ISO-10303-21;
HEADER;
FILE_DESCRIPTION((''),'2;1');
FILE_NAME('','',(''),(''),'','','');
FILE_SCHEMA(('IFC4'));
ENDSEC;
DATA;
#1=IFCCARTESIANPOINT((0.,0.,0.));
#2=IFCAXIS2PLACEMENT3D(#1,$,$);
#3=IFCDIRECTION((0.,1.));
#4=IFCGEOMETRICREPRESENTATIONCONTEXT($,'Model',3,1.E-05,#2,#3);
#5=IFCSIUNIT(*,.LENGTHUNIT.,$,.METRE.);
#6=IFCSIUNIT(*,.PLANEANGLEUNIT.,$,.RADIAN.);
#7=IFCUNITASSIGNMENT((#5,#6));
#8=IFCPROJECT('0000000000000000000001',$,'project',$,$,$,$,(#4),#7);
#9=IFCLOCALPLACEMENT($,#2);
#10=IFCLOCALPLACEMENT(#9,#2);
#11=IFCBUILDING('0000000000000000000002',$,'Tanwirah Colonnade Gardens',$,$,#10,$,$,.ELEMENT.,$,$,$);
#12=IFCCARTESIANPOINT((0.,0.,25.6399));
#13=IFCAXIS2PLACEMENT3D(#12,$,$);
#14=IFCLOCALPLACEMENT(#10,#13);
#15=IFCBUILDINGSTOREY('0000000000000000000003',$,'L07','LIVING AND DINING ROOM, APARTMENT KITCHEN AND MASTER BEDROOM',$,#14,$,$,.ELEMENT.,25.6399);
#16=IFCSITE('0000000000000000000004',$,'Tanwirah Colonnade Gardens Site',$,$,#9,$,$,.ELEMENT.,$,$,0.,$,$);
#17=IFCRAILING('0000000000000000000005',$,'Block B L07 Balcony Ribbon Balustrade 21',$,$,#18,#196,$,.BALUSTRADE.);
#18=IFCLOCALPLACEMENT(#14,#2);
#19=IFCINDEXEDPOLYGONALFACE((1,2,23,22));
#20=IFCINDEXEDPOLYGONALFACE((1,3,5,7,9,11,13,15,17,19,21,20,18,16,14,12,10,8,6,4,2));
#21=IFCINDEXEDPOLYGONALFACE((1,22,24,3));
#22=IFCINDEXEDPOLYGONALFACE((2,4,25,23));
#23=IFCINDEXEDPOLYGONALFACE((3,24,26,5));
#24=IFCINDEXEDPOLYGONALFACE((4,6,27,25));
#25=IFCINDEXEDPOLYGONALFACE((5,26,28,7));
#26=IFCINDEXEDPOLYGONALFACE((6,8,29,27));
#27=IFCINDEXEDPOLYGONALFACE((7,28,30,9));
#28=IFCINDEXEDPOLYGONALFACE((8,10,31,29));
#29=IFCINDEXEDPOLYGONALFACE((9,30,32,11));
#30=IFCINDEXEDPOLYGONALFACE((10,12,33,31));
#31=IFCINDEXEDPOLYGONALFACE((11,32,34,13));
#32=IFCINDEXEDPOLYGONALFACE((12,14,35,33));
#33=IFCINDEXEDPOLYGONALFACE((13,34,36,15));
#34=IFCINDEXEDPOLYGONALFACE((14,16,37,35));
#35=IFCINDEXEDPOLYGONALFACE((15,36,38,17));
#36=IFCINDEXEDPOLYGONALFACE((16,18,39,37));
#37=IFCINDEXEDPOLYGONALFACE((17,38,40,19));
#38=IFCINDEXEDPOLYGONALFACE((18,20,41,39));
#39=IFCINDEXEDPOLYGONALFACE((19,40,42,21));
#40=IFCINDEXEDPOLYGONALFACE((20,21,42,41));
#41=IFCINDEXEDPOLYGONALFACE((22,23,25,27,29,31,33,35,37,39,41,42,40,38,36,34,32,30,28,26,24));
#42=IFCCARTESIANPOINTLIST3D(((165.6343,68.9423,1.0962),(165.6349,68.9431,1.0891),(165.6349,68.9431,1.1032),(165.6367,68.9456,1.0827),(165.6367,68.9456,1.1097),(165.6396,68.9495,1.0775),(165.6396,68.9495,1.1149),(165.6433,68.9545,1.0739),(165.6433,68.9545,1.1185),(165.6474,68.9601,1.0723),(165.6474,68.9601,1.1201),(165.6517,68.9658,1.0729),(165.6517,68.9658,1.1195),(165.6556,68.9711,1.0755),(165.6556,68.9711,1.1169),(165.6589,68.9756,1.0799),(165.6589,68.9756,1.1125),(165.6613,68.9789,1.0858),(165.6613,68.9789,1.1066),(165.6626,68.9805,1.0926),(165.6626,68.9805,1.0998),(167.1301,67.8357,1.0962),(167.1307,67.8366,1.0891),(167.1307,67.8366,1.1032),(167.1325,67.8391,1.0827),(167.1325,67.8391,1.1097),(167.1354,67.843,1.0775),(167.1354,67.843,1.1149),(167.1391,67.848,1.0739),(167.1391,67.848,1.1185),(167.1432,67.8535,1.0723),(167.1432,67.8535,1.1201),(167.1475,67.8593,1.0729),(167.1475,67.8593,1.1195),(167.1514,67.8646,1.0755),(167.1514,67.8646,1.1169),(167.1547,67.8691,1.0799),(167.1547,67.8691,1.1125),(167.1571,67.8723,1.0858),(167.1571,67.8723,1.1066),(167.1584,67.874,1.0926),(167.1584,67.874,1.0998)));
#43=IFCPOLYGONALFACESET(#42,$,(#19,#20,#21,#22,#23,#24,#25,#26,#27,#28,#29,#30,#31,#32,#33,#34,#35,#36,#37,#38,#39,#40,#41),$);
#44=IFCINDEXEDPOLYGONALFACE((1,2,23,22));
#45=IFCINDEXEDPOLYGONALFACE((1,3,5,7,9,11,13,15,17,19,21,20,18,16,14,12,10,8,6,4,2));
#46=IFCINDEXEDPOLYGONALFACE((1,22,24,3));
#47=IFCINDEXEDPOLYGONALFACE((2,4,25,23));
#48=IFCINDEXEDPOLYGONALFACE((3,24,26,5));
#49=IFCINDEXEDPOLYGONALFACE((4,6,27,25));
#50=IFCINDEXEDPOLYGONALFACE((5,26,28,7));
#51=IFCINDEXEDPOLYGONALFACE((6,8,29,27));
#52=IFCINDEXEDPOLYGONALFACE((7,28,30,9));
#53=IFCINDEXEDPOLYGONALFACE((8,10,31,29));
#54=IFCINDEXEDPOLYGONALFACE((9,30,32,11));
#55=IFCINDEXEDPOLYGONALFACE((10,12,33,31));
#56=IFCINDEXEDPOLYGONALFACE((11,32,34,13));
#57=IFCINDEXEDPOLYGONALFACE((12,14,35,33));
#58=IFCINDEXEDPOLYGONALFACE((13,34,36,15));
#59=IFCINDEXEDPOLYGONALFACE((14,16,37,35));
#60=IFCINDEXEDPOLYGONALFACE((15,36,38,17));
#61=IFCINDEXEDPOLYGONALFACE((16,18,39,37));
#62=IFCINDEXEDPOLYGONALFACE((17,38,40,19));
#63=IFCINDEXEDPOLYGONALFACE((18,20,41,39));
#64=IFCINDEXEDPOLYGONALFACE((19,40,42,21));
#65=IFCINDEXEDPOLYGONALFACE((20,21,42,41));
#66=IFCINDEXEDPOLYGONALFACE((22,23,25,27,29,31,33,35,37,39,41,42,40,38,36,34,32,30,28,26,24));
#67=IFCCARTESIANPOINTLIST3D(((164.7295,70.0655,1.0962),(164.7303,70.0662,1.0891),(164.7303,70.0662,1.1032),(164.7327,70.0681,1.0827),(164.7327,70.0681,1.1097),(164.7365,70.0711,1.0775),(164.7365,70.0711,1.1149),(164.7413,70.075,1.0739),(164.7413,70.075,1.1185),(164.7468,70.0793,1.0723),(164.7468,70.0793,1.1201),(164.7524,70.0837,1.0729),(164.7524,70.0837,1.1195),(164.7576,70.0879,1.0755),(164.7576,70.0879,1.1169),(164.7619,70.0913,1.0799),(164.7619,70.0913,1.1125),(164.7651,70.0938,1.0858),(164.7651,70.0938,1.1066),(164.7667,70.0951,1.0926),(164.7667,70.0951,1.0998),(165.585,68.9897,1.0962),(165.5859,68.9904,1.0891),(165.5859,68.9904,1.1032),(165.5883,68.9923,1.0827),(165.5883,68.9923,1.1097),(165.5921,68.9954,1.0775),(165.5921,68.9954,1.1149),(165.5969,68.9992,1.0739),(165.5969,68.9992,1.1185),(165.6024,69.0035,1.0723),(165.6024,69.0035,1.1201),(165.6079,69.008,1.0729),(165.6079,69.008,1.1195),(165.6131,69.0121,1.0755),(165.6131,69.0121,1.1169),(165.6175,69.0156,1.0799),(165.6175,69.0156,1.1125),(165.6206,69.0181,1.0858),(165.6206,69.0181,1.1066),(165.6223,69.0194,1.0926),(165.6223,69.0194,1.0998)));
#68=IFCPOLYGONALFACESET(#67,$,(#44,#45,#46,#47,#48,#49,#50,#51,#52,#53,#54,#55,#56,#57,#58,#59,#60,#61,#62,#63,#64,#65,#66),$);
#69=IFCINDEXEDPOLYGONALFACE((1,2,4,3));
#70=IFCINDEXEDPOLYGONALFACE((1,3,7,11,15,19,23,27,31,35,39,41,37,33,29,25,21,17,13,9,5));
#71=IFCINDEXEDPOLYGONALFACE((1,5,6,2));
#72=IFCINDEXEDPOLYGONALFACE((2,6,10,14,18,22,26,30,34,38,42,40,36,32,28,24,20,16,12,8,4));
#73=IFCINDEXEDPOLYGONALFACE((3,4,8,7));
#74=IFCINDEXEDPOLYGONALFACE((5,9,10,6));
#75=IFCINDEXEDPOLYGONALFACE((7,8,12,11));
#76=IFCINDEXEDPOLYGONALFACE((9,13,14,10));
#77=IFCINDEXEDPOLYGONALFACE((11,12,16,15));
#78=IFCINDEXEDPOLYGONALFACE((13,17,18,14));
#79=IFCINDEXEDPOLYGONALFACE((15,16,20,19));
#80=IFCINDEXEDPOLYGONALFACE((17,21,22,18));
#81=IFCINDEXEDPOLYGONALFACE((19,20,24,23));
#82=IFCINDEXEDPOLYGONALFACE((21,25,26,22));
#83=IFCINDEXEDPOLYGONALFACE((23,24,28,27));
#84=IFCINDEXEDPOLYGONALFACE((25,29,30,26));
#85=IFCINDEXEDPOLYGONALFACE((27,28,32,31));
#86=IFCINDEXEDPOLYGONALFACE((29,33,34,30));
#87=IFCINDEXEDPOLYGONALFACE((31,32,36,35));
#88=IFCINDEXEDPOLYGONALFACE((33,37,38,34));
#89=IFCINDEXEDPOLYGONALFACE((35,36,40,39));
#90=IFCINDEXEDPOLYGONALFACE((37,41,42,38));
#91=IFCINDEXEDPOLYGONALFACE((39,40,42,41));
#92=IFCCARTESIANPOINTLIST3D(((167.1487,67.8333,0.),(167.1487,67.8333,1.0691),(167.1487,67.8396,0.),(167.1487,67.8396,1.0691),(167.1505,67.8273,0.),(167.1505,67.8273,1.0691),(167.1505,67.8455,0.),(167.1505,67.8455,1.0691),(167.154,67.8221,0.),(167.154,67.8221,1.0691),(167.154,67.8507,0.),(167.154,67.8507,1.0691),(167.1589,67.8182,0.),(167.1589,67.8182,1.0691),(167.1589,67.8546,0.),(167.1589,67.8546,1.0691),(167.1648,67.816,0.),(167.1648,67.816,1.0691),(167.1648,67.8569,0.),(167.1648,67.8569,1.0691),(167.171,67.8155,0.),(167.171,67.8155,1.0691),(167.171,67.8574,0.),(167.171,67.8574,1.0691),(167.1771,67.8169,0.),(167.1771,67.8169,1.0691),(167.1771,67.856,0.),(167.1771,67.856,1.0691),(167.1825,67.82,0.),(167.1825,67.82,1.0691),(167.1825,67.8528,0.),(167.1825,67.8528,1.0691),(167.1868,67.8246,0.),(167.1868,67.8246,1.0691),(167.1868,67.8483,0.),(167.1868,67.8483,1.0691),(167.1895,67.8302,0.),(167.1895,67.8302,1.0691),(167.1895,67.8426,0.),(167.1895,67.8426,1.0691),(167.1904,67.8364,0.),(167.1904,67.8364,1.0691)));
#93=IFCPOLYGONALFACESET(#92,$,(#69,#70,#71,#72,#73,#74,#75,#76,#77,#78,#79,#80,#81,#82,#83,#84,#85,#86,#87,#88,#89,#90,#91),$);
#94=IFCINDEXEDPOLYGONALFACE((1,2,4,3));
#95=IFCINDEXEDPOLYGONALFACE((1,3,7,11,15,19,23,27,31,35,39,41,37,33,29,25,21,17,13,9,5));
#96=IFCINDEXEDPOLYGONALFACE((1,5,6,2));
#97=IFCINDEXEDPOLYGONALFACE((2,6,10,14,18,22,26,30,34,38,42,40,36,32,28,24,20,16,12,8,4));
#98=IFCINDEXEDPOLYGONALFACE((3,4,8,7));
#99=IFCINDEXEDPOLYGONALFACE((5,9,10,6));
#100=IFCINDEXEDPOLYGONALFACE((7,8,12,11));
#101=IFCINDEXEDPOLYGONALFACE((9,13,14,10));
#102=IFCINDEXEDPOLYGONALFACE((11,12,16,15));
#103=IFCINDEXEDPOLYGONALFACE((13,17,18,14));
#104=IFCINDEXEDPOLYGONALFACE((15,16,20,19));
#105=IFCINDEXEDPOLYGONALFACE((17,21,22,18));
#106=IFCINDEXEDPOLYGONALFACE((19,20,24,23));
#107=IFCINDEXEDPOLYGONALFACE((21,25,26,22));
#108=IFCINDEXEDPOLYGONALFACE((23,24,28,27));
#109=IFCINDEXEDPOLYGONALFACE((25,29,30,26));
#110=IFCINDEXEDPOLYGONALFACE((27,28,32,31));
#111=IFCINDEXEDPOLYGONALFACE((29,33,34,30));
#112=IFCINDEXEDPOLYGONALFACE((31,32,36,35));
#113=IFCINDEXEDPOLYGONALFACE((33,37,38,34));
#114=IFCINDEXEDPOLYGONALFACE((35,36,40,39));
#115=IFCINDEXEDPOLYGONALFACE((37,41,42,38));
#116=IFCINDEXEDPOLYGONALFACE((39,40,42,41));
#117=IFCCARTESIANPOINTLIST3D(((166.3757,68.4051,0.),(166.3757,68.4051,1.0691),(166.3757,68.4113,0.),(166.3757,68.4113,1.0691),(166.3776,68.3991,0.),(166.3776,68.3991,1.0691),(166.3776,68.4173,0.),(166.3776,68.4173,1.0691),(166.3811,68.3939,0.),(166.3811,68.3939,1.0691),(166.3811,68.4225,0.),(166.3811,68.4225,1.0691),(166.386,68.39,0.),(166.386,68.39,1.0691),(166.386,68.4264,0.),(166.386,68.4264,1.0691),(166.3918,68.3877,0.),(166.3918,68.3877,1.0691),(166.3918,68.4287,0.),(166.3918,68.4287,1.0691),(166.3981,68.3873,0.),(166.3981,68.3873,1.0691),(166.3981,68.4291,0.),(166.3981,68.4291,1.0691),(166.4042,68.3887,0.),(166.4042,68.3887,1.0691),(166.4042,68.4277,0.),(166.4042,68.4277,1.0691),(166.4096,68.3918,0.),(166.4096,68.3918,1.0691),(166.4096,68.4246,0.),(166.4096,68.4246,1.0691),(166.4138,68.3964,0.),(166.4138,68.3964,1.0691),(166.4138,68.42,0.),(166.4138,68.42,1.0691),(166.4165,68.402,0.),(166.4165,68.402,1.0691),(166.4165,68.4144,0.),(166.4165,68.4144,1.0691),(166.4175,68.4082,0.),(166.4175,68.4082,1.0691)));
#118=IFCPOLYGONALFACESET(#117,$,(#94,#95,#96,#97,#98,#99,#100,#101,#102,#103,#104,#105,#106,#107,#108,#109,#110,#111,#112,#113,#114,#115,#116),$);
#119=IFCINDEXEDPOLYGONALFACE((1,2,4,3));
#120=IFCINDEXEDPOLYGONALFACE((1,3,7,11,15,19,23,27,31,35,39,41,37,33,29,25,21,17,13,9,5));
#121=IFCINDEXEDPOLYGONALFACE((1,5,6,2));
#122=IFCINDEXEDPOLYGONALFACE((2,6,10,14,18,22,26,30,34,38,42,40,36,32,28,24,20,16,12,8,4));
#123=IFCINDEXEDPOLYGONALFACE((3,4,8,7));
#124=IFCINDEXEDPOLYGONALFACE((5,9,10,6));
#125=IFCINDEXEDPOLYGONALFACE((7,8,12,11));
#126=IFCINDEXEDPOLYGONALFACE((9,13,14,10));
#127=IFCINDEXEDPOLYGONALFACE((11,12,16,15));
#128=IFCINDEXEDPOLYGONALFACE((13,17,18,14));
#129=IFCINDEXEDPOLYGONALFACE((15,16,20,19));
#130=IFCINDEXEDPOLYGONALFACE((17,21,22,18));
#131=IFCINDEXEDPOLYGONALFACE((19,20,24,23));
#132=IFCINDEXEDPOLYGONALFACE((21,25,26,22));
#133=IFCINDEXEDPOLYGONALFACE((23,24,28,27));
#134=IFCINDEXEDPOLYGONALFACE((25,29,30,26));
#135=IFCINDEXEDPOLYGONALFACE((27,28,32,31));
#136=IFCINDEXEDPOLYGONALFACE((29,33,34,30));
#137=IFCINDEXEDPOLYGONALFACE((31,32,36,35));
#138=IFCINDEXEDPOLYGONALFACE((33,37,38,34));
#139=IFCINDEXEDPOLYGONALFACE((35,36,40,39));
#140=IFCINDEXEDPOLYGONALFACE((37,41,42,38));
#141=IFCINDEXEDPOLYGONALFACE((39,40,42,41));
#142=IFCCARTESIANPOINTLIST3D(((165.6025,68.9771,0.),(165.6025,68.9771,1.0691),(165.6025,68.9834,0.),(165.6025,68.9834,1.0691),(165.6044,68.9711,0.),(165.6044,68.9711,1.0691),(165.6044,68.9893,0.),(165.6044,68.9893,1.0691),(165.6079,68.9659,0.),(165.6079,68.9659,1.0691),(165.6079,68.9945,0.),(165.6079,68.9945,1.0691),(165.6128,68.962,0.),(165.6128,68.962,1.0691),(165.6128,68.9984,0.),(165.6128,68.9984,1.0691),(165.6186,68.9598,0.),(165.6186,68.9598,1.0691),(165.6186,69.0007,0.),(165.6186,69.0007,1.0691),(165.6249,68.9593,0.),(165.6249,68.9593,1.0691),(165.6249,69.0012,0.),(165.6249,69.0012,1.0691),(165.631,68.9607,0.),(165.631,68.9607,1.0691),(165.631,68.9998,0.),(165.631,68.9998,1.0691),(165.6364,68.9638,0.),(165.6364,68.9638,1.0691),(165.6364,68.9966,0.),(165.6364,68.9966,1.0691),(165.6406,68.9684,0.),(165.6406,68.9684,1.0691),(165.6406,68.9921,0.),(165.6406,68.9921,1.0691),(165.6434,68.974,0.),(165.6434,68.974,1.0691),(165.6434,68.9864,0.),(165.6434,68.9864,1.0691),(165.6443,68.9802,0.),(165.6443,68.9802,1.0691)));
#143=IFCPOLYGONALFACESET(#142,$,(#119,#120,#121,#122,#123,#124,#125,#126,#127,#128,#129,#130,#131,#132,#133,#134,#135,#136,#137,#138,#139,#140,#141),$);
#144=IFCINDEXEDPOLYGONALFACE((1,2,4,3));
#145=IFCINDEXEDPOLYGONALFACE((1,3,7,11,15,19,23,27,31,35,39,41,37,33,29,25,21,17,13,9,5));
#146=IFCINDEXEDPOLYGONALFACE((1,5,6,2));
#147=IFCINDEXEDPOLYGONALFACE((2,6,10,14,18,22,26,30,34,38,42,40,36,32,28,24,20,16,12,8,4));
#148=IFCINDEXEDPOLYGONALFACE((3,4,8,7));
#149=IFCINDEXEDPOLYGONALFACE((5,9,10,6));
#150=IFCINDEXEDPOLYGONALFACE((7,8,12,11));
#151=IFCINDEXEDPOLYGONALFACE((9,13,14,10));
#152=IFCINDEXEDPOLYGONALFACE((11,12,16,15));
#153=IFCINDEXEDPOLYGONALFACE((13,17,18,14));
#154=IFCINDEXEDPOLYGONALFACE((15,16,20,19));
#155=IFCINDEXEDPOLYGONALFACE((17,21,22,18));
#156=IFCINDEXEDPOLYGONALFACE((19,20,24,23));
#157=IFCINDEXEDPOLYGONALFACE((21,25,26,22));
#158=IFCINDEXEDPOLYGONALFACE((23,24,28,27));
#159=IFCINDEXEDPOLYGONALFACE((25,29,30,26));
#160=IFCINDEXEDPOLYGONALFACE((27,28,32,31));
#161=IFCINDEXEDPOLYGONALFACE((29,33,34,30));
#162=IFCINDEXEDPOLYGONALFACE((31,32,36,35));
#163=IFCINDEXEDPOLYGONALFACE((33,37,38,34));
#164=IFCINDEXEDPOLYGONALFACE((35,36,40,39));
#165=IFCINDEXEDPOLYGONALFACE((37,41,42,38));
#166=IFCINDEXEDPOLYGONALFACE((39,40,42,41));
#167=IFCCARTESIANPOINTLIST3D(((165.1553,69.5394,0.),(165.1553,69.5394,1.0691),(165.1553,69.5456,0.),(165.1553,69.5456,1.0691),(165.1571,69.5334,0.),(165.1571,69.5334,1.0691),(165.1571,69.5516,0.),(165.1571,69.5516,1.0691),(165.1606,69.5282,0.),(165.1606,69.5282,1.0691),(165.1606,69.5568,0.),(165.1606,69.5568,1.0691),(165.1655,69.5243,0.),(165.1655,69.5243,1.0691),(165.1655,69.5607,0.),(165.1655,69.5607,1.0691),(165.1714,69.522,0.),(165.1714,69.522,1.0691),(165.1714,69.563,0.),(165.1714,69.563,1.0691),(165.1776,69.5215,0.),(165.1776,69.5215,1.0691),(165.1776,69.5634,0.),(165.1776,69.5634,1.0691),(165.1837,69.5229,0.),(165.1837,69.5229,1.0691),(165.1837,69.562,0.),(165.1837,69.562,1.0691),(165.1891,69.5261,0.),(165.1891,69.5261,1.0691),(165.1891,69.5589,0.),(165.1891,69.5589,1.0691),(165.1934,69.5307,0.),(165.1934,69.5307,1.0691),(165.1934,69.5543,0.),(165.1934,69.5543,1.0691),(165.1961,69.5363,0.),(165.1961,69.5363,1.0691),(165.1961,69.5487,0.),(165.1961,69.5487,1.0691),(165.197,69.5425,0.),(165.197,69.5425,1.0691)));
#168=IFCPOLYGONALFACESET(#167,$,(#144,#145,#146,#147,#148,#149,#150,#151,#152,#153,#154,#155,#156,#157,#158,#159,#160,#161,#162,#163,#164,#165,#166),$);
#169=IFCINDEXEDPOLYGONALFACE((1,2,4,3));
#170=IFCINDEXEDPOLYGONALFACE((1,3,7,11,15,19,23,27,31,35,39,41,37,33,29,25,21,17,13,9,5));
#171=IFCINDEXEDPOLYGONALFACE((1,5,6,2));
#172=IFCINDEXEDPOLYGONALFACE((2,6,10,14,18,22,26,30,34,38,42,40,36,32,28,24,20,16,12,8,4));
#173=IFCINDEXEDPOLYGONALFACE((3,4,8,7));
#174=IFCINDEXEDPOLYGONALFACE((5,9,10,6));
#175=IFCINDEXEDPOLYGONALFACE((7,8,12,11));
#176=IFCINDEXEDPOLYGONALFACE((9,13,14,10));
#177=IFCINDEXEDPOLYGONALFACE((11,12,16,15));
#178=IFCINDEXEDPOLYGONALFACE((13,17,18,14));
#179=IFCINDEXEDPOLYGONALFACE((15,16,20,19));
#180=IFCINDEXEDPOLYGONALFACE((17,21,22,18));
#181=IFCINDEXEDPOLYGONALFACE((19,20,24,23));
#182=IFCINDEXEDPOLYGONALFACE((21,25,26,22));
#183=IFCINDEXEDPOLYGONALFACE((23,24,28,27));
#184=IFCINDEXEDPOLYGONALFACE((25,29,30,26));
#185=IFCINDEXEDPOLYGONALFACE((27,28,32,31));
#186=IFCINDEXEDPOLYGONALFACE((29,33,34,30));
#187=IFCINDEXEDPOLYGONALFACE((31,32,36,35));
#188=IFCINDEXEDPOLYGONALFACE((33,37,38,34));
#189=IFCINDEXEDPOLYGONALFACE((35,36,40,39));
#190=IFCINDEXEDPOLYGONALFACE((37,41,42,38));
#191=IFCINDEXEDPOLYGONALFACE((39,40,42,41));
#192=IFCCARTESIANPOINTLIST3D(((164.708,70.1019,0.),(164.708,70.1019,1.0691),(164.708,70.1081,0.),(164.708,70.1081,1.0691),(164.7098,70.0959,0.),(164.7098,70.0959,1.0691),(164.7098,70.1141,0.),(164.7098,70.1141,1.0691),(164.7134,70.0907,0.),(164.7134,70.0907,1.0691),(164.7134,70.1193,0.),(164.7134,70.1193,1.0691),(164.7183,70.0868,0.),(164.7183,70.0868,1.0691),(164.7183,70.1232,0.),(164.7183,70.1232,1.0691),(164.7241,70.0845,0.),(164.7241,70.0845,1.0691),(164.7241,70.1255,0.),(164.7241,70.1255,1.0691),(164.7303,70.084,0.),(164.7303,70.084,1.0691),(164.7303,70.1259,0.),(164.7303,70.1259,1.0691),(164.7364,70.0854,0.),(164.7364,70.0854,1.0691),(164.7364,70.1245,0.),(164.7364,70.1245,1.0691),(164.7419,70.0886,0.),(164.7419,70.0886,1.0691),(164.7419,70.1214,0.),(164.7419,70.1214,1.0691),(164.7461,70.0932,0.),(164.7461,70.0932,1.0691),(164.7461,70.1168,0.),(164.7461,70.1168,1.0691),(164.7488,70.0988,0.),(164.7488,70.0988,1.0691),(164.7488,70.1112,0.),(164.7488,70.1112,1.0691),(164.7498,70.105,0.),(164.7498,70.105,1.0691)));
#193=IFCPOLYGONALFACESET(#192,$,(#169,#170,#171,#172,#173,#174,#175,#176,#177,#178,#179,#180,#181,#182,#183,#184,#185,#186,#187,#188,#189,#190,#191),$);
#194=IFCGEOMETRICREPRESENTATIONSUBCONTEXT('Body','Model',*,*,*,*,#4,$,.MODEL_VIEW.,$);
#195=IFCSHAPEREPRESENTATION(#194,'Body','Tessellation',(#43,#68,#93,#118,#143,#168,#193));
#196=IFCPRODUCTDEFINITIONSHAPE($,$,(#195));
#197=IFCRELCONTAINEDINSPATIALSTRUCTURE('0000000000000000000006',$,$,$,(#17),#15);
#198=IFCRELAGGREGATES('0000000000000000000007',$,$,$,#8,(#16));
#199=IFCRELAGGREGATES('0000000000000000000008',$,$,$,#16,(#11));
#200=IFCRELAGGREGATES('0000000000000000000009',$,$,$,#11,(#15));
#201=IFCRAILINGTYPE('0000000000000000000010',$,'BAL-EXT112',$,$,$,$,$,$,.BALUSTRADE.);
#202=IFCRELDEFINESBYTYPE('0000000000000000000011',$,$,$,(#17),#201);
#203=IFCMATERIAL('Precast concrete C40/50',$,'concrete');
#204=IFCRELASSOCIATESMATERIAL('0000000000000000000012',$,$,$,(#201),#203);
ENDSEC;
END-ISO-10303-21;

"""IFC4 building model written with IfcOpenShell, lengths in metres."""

from ifc_helpers import new_model, si_unit, direction, frame, origin, origin_2d, place, context, subcontext, project, spatial, circle, extrude, material, type_object, element, save


model = new_model("IFC4")

# Units and contexts
model_context = context("Model", 3, precision=1e-05, world=origin(), true_north=direction((0.0, 1.0)))
body_context = subcontext(model_context, "Body", "Model", "MODEL_VIEW")
ifc_project = project(units=[si_unit("LENGTHUNIT", "METRE"), si_unit("PLANEANGLEUNIT", "RADIAN")], contexts=[model_context])

# Site, building, storey
site_placement = place(None, origin())
site = spatial("IfcSite", under=ifc_project, at=site_placement, Name="Tanwirah Colonnade Gardens Site", CompositionType="ELEMENT", RefElevation=0.0)
building_placement = place(site_placement, origin())
building = spatial("IfcBuilding", under=site, at=building_placement, Name="Tanwirah Colonnade Gardens", CompositionType="ELEMENT")
storey_placement = place(building_placement, frame((0.0, 0.0, 25.6399)))
storey = spatial("IfcBuildingStorey", under=building, at=storey_placement, Name="L07", Description="LIVING AND DINING ROOM, APARTMENT KITCHEN AND MASTER BEDROOM", CompositionType="ELEMENT", Elevation=25.6399)

# Shared definitions
ifc_material_1 = material(Name="Precast concrete C40/50", Category="concrete")

# Railing
railing_type_1 = type_object("IfcRailingType", Name="BAL-EXT112", PredefinedType="BALUSTRADE", material=ifc_material_1)
railing_1_placement = place(storey_placement, frame((167.1694, 67.8364, 0.0)))
element("IfcRailing", 1, at=railing_1_placement, inside=storey, type_object=railing_type_1, Name="Block B L07 Balcony Ribbon Balustrade 21", PredefinedType="BALUSTRADE", context=body_context, shape_type="SweptSolid", body=[
    extrude(circle(Radius=0.0239, at=origin_2d()), frame((-0.0251, 0.0186, 1.0962), z_axis=(-0.803928, 0.594727, 0.0), x_axis=(-0.594727, -0.803928, 0.0)), (0.0, 0.0, 1.0), 1.8606),
    extrude(circle(Radius=0.0239, at=origin_2d()), frame((-1.5657, 1.1682, 1.0962), z_axis=(-0.622455, 0.782656, 0.0), x_axis=(-0.782656, -0.622455, 0.0)), (0.0, 0.0, 1.0), 1.3745),
    extrude(circle(Radius=0.021, at=origin_2d()), origin(), (0.0, 0.0, 1.0), 1.0691),
    extrude(circle(Radius=0.021, at=origin_2d()), frame((-0.7729, 0.5718, 0.0)), (0.0, 0.0, 1.0), 1.0691),
    extrude(circle(Radius=0.021, at=origin_2d()), frame((-1.5461, 1.1438, 0.0)), (0.0, 0.0, 1.0), 1.0691),
    extrude(circle(Radius=0.021, at=origin_2d()), frame((-1.9934, 1.7061, 0.0)), (0.0, 0.0, 1.0), 1.0691),
    extrude(circle(Radius=0.021, at=origin_2d()), frame((-2.4407, 2.2686, 0.0)), (0.0, 0.0, 1.0), 1.0691),
])

save(model, "model.ifc")
